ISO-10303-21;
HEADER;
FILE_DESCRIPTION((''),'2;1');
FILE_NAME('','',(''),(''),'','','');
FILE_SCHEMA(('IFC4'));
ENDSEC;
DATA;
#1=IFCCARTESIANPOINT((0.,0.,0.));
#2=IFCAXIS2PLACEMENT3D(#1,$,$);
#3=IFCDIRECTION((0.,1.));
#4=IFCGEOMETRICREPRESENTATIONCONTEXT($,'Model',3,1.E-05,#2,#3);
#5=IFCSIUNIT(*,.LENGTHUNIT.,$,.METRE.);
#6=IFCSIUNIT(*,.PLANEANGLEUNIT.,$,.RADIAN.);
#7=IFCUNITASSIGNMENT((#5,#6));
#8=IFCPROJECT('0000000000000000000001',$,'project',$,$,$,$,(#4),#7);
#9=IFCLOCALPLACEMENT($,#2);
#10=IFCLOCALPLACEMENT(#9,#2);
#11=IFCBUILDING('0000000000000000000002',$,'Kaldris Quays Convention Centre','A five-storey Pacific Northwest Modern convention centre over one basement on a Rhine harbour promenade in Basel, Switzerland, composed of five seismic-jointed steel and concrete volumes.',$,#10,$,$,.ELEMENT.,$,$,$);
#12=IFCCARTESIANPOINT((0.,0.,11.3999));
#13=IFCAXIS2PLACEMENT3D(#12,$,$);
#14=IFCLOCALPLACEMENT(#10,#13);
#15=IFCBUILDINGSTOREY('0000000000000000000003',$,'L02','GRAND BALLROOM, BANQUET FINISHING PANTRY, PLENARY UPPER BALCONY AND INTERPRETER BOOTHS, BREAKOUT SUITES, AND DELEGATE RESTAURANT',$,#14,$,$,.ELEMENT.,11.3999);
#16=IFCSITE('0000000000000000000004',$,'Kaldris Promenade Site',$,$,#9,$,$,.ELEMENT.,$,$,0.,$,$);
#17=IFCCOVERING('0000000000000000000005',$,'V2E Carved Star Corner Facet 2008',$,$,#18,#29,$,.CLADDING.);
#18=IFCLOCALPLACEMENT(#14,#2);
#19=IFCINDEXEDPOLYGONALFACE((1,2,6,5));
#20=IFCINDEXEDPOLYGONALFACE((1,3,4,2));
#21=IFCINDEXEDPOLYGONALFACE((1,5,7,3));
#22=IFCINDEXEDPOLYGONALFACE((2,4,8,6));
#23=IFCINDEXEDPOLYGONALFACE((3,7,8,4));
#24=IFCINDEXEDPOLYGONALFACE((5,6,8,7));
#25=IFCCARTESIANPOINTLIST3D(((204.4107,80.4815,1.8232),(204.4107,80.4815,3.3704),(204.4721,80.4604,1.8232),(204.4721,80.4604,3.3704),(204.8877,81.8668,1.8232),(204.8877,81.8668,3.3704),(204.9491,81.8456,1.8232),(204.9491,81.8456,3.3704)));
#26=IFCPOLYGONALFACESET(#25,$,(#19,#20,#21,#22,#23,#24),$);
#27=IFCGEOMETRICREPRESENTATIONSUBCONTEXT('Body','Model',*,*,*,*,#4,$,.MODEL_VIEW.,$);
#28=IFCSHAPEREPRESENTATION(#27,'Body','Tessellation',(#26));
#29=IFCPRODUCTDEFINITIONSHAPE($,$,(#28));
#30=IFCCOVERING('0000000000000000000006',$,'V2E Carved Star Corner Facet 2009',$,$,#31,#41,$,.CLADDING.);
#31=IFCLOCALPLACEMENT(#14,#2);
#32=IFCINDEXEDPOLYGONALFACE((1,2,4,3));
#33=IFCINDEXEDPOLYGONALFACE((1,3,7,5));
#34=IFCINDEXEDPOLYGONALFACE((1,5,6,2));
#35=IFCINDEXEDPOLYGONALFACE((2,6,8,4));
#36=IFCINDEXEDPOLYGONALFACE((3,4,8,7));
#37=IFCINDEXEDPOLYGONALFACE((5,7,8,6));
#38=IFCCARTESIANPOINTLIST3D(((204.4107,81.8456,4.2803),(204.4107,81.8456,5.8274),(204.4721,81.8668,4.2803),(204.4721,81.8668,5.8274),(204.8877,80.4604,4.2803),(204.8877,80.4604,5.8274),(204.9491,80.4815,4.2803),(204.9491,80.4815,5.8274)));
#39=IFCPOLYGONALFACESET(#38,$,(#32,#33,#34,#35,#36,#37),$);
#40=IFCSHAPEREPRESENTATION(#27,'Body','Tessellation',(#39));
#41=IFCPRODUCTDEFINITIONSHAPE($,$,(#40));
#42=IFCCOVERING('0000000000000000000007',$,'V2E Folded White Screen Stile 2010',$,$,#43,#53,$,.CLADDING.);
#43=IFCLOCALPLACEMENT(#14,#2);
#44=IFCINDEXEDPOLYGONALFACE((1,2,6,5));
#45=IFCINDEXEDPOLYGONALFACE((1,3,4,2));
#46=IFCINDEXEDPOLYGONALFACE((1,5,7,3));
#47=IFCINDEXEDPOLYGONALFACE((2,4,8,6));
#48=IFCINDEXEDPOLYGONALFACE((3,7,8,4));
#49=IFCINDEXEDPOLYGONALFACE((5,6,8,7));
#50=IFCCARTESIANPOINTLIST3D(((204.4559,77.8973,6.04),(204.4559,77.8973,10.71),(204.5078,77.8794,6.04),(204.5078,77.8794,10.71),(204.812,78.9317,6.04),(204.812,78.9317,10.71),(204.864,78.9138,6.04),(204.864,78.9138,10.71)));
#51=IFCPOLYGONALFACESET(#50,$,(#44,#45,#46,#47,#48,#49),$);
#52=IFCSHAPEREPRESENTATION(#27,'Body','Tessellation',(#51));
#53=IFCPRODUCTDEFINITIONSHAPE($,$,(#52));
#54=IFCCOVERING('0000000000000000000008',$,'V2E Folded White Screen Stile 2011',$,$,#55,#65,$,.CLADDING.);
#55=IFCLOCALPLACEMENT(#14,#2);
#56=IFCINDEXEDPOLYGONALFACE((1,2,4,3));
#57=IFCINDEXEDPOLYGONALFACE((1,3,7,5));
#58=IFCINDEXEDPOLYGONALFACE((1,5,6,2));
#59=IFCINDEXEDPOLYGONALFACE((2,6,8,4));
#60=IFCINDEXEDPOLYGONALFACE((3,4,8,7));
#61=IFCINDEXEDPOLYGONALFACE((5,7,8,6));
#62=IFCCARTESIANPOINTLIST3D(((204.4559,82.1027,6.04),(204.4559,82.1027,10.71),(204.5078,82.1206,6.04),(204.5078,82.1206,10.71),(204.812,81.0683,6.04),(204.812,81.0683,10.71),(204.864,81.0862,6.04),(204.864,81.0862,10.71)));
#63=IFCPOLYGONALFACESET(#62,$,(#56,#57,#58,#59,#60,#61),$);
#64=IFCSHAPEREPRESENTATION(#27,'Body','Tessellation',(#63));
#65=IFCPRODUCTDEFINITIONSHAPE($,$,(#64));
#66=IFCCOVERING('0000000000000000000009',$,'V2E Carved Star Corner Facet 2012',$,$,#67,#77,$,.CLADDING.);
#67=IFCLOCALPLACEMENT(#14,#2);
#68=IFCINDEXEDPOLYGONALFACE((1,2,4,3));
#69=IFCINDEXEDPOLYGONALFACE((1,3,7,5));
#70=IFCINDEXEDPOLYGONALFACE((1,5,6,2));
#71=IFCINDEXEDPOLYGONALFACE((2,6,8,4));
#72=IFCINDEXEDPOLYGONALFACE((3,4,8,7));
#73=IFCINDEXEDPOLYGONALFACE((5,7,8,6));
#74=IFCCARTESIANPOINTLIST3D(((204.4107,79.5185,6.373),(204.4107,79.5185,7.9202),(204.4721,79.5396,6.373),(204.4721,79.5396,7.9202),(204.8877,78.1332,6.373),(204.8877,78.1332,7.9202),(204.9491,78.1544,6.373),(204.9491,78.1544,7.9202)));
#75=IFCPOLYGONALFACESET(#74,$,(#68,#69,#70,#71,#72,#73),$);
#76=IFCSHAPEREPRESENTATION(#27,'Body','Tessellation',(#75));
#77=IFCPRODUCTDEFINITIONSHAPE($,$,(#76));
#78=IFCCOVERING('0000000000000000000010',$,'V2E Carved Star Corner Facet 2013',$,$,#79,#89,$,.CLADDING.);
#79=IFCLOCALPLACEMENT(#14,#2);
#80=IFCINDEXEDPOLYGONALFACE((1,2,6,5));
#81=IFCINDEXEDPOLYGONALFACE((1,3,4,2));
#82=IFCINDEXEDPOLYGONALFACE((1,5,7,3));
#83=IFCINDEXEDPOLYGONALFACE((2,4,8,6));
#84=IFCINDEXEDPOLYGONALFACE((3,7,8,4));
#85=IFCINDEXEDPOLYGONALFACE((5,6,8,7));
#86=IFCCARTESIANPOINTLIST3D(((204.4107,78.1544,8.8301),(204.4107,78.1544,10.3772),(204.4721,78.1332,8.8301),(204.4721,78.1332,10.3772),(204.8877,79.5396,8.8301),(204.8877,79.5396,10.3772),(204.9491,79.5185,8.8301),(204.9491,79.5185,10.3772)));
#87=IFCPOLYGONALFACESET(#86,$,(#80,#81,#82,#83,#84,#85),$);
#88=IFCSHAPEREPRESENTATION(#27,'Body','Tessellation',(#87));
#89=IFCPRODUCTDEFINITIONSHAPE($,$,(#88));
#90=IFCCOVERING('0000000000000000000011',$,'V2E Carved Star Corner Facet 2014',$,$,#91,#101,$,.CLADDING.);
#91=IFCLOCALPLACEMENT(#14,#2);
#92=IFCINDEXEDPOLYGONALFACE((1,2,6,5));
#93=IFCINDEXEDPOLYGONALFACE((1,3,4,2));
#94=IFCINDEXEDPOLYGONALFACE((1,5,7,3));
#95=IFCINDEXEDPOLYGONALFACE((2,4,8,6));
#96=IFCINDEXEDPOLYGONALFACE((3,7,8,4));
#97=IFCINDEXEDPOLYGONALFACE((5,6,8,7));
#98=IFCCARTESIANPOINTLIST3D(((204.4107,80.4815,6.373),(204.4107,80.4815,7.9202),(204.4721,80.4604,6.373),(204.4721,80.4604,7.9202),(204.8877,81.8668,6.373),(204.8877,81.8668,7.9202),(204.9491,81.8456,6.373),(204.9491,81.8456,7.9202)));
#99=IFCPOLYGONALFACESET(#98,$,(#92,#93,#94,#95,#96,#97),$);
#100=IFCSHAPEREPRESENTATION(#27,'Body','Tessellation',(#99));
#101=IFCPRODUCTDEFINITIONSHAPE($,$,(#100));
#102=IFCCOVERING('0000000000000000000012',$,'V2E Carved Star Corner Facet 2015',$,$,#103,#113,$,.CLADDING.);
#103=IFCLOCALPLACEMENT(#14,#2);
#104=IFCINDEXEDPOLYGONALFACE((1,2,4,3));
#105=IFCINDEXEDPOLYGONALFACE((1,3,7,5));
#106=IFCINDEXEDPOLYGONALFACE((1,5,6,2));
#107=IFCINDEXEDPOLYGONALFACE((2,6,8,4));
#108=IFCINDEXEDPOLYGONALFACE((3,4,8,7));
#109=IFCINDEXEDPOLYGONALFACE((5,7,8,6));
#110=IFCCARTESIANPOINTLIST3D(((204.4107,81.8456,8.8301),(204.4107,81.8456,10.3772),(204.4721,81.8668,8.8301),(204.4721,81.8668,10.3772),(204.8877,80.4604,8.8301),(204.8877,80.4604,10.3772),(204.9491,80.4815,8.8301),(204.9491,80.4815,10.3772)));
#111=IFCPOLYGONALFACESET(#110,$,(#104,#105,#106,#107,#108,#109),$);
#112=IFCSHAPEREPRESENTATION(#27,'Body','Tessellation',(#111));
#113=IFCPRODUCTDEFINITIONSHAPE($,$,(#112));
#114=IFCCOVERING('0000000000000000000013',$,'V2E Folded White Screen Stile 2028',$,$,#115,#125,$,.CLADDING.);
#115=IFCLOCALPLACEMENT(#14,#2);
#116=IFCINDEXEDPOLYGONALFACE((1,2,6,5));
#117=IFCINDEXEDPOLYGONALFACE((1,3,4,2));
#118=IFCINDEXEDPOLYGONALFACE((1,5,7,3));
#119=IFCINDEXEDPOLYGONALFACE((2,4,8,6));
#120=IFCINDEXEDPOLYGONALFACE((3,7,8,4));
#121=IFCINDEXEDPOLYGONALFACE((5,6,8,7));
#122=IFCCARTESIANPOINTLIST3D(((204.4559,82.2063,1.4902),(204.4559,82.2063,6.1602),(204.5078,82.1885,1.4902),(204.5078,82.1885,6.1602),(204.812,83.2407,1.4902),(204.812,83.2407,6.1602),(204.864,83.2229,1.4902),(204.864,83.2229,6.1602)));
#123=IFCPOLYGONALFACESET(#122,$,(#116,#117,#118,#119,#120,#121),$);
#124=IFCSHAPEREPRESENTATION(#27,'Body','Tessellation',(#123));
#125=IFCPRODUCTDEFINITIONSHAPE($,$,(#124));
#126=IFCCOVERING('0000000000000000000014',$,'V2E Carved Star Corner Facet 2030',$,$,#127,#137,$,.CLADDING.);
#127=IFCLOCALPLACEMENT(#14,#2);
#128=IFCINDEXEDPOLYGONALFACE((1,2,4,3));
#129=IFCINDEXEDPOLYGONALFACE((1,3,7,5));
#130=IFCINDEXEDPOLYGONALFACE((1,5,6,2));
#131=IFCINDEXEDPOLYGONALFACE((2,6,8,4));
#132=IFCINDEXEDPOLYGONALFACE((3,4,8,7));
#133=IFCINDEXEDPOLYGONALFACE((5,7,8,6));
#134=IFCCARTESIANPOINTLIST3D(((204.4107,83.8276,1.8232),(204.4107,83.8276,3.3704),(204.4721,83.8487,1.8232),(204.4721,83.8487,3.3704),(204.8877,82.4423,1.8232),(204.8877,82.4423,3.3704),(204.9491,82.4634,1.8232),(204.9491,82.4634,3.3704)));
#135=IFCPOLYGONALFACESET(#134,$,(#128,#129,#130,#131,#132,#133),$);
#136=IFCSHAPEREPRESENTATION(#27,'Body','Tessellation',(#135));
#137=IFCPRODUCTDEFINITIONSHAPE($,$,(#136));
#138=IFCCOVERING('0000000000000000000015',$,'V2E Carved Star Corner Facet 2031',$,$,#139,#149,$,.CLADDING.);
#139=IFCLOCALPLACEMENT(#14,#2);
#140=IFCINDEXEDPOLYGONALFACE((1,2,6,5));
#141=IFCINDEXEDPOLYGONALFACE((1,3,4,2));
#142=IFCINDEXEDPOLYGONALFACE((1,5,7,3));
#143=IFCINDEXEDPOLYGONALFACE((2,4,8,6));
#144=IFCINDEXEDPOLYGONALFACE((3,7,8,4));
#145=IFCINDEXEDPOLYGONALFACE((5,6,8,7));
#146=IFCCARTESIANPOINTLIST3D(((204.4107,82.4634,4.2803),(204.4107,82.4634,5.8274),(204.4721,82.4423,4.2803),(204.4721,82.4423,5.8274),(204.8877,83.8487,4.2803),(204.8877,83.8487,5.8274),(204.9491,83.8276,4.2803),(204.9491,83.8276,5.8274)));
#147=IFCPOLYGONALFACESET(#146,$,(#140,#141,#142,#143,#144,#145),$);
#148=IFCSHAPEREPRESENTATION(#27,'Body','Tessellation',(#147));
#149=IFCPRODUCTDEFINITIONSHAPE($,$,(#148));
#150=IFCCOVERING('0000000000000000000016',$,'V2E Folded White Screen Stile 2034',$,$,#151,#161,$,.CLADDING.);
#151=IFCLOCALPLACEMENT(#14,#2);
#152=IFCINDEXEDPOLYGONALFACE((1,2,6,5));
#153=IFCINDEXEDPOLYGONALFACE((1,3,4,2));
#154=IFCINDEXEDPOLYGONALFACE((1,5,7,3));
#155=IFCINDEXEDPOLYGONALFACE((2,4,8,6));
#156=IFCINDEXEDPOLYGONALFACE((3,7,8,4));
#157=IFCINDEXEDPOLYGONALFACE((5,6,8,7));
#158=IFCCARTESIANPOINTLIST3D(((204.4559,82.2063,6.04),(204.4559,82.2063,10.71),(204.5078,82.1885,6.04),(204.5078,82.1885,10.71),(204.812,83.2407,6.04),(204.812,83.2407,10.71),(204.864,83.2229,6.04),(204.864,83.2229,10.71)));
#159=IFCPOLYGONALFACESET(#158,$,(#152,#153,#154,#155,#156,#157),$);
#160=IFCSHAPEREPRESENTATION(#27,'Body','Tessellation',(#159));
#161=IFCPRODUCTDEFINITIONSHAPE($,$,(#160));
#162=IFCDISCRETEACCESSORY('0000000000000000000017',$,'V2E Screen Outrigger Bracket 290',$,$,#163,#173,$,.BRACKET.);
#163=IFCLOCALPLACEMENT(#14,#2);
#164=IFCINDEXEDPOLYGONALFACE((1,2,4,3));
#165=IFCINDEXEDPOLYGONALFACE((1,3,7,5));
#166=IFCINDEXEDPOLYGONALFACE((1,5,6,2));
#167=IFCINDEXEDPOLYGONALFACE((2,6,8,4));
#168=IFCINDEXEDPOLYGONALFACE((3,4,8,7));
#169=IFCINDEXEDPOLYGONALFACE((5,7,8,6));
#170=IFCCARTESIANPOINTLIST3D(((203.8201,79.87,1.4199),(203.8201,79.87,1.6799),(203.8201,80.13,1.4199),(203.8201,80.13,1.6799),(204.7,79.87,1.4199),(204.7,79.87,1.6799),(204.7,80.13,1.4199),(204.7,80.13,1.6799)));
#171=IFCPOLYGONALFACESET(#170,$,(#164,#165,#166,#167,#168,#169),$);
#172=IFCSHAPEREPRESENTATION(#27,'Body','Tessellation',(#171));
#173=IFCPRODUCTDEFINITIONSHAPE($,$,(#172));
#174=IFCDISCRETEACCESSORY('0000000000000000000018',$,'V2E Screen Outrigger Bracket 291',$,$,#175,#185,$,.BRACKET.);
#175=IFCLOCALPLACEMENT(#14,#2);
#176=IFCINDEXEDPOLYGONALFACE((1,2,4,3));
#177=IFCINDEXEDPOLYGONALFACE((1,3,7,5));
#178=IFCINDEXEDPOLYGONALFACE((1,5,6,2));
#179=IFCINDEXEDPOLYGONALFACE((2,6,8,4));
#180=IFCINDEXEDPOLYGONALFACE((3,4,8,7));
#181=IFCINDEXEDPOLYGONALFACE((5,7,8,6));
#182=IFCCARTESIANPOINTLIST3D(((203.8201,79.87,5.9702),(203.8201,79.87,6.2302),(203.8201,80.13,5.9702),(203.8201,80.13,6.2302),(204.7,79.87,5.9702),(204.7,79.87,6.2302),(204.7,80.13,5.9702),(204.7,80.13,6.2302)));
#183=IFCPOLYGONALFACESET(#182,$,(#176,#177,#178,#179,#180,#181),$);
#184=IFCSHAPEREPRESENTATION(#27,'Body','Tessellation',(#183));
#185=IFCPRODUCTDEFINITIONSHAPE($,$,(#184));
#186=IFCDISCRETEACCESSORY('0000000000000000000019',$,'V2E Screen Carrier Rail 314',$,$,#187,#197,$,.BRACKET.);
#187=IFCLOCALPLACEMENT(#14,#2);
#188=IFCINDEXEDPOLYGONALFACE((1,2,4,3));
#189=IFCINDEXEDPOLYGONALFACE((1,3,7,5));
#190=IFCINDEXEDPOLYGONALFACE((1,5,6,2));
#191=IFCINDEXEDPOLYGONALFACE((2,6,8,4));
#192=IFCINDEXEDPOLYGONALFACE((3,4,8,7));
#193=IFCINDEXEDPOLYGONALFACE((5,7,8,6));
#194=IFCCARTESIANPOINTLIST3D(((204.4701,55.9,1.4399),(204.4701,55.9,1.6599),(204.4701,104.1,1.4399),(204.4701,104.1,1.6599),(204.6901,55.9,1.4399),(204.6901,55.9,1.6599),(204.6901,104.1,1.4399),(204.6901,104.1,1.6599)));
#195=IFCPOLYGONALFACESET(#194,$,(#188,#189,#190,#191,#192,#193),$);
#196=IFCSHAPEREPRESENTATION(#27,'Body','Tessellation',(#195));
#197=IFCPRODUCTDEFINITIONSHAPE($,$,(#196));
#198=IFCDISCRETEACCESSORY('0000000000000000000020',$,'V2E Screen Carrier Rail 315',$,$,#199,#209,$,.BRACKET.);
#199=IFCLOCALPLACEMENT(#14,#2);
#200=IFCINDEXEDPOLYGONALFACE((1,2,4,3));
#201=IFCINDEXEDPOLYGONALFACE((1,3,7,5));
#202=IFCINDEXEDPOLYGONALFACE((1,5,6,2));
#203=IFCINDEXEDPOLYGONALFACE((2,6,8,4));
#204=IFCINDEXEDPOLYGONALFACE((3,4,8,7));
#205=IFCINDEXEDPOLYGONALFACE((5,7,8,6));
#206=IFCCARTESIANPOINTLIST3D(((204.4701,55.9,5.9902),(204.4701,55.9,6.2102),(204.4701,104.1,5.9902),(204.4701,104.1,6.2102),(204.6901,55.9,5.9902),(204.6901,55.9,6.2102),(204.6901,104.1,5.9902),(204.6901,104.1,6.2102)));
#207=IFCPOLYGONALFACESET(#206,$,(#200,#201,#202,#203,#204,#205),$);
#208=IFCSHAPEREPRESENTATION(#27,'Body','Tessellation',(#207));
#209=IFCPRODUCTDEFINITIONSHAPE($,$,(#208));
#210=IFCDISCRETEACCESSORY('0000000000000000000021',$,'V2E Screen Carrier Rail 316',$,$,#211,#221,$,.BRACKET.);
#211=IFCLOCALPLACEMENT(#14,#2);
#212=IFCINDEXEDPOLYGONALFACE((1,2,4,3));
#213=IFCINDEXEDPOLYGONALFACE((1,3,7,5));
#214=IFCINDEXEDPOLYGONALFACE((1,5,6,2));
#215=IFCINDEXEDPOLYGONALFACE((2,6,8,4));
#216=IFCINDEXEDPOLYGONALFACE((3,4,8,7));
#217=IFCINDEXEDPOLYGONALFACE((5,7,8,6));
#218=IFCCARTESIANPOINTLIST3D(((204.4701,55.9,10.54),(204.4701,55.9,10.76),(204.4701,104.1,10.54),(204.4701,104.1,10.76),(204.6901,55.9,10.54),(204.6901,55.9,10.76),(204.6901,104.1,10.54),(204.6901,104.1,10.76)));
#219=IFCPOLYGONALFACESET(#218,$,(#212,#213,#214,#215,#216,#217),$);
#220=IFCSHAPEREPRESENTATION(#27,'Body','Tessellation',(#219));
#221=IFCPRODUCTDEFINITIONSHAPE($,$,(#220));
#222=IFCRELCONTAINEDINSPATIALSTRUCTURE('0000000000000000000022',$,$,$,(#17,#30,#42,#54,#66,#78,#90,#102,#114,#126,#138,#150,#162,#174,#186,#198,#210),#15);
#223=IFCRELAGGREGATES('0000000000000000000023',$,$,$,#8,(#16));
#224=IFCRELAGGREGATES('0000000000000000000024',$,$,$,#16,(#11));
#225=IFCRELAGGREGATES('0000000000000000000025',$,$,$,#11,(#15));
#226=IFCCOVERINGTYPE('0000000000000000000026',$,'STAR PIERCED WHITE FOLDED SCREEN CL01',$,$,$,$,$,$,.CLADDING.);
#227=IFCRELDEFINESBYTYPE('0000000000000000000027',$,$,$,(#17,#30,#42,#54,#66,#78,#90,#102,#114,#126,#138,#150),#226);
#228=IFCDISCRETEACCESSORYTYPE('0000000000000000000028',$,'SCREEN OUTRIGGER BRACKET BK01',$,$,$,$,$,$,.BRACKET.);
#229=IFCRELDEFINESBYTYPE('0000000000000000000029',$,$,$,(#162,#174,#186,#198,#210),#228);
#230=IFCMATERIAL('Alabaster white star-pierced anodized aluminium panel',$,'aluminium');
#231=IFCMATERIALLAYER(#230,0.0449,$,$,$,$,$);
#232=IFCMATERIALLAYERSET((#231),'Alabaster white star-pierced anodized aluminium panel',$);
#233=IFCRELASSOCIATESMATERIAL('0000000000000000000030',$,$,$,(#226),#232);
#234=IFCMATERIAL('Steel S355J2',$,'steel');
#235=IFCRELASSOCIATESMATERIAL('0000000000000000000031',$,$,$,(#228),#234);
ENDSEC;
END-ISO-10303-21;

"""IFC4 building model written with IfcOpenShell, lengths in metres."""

from ifc_helpers import new_model, si_unit, direction, frame, origin, origin_2d, place, context, subcontext, project, spatial, rectangle, extrude, material, layer, layer_set, type_object, element, save


model = new_model("IFC4")

# Units and contexts
model_context = context("Model", 3, precision=1e-05, world=origin(), true_north=direction((0.0, 1.0)))
body_context = subcontext(model_context, "Body", "Model", "MODEL_VIEW")
ifc_project = project(units=[si_unit("LENGTHUNIT", "METRE"), si_unit("PLANEANGLEUNIT", "RADIAN")], contexts=[model_context])

# Site, building, storey
site_placement = place(None, origin())
site = spatial("IfcSite", under=ifc_project, at=site_placement, Name="Kaldris Promenade Site", CompositionType="ELEMENT", RefElevation=0.0)
building_placement = place(site_placement, origin())
building = spatial("IfcBuilding", under=site, at=building_placement, Name="Kaldris Quays Convention Centre", Description="A five-storey Pacific Northwest Modern convention centre over one basement on a Rhine harbour promenade in Basel, Switzerland, composed of five seismic-jointed steel and concrete volumes.", CompositionType="ELEMENT")
storey_placement = place(building_placement, frame((0.0, 0.0, 11.3999)))
storey = spatial("IfcBuildingStorey", under=building, at=storey_placement, Name="L02", Description="GRAND BALLROOM, BANQUET FINISHING PANTRY, PLENARY UPPER BALCONY AND INTERPRETER BOOTHS, BREAKOUT SUITES, AND DELEGATE RESTAURANT", CompositionType="ELEMENT", Elevation=11.3999)

# Coverings
ifc_material_1 = material(Name="Alabaster white star-pierced anodized aluminium panel", Category="aluminium")
ifc_layer = layer(ifc_material_1, 0.0449)
ifc_layer_set = layer_set([ifc_layer], Name="Alabaster white star-pierced anodized aluminium panel")
covering_type = type_object("IfcCoveringType", Name="STAR PIERCED WHITE FOLDED SCREEN CL01", PredefinedType="CLADDING", material=ifc_layer_set)
for number, where, z_axis, x_axis, name in (
    (1, (204.6799, 81.1636, 1.8232), (0.0, 0.0, 1.0), (0.325568, 0.945519, 0.0), "V2E Carved Star Corner Facet 2008"),
    (2, (204.6799, 81.1636, 4.2803), (0.0, 0.0, 1.0), (-0.325568, 0.945519, 0.0), "V2E Carved Star Corner Facet 2009"),
):
    element("IfcCovering", number, at=place(storey_placement, frame(where, z_axis=z_axis, x_axis=x_axis)), inside=storey, type_object=covering_type, Name=name, PredefinedType="CLADDING", context=body_context, shape_type="SweptSolid", body=[
        extrude(rectangle(XDim=1.4651, YDim=0.0649, at=origin_2d()), origin(), (0.0, 0.0, 1.0), 1.5471),
    ])
for number, where, z_axis, x_axis, name in (
    (3, (204.6599, 78.4055, 6.04), (0.0, 0.0, 1.0), (0.325568, 0.945519, 0.0), "V2E Folded White Screen Stile 2010"),
    (4, (204.6599, 81.5945, 6.04), (0.0, 0.0, 1.0), (-0.325568, 0.945519, 0.0), "V2E Folded White Screen Stile 2011"),
):
    element("IfcCovering", number, at=place(storey_placement, frame(where, z_axis=z_axis, x_axis=x_axis)), inside=storey, type_object=covering_type, Name=name, PredefinedType="CLADDING", context=body_context, shape_type="SweptSolid", body=[
        extrude(rectangle(XDim=1.094, YDim=0.0549, at=origin_2d()), origin(), (0.0, 0.0, 1.0), 4.6699),
    ])
for number, where, z_axis, x_axis, name in (
    (5, (204.6799, 78.8364, 6.373), (0.0, 0.0, 1.0), (-0.325568, 0.945519, 0.0), "V2E Carved Star Corner Facet 2012"),
    (6, (204.6799, 78.8364, 8.8301), (0.0, 0.0, 1.0), (0.325568, 0.945519, 0.0), "V2E Carved Star Corner Facet 2013"),
    (7, (204.6799, 81.1636, 6.373), (0.0, 0.0, 1.0), (0.325568, 0.945519, 0.0), "V2E Carved Star Corner Facet 2014"),
    (8, (204.6799, 81.1636, 8.8301), (0.0, 0.0, 1.0), (-0.325568, 0.945519, 0.0), "V2E Carved Star Corner Facet 2015"),
):
    element("IfcCovering", number, at=place(storey_placement, frame(where, z_axis=z_axis, x_axis=x_axis)), inside=storey, type_object=covering_type, Name=name, PredefinedType="CLADDING", context=body_context, shape_type="SweptSolid", body=[
        extrude(rectangle(XDim=1.4651, YDim=0.0649, at=origin_2d()), origin(), (0.0, 0.0, 1.0), 1.5471),
    ])
covering_1_placement = place(storey_placement, frame((204.6599, 82.7146, 1.4902), z_axis=(0.0, 0.0, 1.0), x_axis=(0.325568, 0.945519, 0.0)))
element("IfcCovering", 9, at=covering_1_placement, inside=storey, type_object=covering_type, Name="V2E Folded White Screen Stile 2028", PredefinedType="CLADDING", context=body_context, shape_type="SweptSolid", body=[
    extrude(rectangle(XDim=1.094, YDim=0.0549, at=origin_2d()), origin(), (0.0, 0.0, 1.0), 4.6699),
])
for number, where, z_axis, x_axis, name in (
    (10, (204.6799, 83.1455, 1.8232), (0.0, 0.0, 1.0), (-0.325568, 0.945519, 0.0), "V2E Carved Star Corner Facet 2030"),
    (11, (204.6799, 83.1455, 4.2803), (0.0, 0.0, 1.0), (0.325568, 0.945519, 0.0), "V2E Carved Star Corner Facet 2031"),
):
    element("IfcCovering", number, at=place(storey_placement, frame(where, z_axis=z_axis, x_axis=x_axis)), inside=storey, type_object=covering_type, Name=name, PredefinedType="CLADDING", context=body_context, shape_type="SweptSolid", body=[
        extrude(rectangle(XDim=1.4651, YDim=0.0649, at=origin_2d()), origin(), (0.0, 0.0, 1.0), 1.5471),
    ])
covering_2_placement = place(storey_placement, frame((204.6599, 82.7146, 6.04), z_axis=(0.0, 0.0, 1.0), x_axis=(0.325568, 0.945519, 0.0)))
element("IfcCovering", 12, at=covering_2_placement, inside=storey, type_object=covering_type, Name="V2E Folded White Screen Stile 2034", PredefinedType="CLADDING", context=body_context, shape_type="SweptSolid", body=[
    extrude(rectangle(XDim=1.094, YDim=0.0549, at=origin_2d()), origin(), (0.0, 0.0, 1.0), 4.6699),
])

# Discrete accessories
ifc_material_2 = material(Name="Steel S355J2", Category="steel")
discrete_accessory_type = type_object("IfcDiscreteAccessoryType", Name="SCREEN OUTRIGGER BRACKET BK01", PredefinedType="BRACKET", material=ifc_material_2)
for number, where, z_axis, x_axis, name in (
    (13, (204.26, 80.0, 1.4199), (0.0, 0.0, 1.0), (0.0, 1.0, 0.0), "V2E Screen Outrigger Bracket 290"),
    (14, (204.26, 80.0, 5.9702), (0.0, 0.0, 1.0), (0.0, 1.0, 0.0), "V2E Screen Outrigger Bracket 291"),
):
    element("IfcDiscreteAccessory", number, at=place(storey_placement, frame(where, z_axis=z_axis, x_axis=x_axis)), inside=storey, type_object=discrete_accessory_type, Name=name, PredefinedType="BRACKET", context=body_context, shape_type="SweptSolid", body=[
        extrude(rectangle(XDim=0.26, YDim=0.8799, at=origin_2d()), origin(), (0.0, 0.0, 1.0), 0.26),
    ])
for number, where, z_axis, x_axis, name in (
    (15, (204.5801, 80.0, 1.4399), (0.0, 0.0, 1.0), (0.0, 1.0, 0.0), "V2E Screen Carrier Rail 314"),
    (16, (204.5801, 80.0, 5.9902), (0.0, 0.0, 1.0), (0.0, 1.0, 0.0), "V2E Screen Carrier Rail 315"),
    (17, (204.5801, 80.0, 10.54), (0.0, 0.0, 1.0), (0.0, 1.0, 0.0), "V2E Screen Carrier Rail 316"),
):
    element("IfcDiscreteAccessory", number, at=place(storey_placement, frame(where, z_axis=z_axis, x_axis=x_axis)), inside=storey, type_object=discrete_accessory_type, Name=name, PredefinedType="BRACKET", context=body_context, shape_type="SweptSolid", body=[
        extrude(rectangle(XDim=48.2, YDim=0.22, at=origin_2d()), origin(), (0.0, 0.0, 1.0), 0.22),
    ])

save(model, "model.ifc")
